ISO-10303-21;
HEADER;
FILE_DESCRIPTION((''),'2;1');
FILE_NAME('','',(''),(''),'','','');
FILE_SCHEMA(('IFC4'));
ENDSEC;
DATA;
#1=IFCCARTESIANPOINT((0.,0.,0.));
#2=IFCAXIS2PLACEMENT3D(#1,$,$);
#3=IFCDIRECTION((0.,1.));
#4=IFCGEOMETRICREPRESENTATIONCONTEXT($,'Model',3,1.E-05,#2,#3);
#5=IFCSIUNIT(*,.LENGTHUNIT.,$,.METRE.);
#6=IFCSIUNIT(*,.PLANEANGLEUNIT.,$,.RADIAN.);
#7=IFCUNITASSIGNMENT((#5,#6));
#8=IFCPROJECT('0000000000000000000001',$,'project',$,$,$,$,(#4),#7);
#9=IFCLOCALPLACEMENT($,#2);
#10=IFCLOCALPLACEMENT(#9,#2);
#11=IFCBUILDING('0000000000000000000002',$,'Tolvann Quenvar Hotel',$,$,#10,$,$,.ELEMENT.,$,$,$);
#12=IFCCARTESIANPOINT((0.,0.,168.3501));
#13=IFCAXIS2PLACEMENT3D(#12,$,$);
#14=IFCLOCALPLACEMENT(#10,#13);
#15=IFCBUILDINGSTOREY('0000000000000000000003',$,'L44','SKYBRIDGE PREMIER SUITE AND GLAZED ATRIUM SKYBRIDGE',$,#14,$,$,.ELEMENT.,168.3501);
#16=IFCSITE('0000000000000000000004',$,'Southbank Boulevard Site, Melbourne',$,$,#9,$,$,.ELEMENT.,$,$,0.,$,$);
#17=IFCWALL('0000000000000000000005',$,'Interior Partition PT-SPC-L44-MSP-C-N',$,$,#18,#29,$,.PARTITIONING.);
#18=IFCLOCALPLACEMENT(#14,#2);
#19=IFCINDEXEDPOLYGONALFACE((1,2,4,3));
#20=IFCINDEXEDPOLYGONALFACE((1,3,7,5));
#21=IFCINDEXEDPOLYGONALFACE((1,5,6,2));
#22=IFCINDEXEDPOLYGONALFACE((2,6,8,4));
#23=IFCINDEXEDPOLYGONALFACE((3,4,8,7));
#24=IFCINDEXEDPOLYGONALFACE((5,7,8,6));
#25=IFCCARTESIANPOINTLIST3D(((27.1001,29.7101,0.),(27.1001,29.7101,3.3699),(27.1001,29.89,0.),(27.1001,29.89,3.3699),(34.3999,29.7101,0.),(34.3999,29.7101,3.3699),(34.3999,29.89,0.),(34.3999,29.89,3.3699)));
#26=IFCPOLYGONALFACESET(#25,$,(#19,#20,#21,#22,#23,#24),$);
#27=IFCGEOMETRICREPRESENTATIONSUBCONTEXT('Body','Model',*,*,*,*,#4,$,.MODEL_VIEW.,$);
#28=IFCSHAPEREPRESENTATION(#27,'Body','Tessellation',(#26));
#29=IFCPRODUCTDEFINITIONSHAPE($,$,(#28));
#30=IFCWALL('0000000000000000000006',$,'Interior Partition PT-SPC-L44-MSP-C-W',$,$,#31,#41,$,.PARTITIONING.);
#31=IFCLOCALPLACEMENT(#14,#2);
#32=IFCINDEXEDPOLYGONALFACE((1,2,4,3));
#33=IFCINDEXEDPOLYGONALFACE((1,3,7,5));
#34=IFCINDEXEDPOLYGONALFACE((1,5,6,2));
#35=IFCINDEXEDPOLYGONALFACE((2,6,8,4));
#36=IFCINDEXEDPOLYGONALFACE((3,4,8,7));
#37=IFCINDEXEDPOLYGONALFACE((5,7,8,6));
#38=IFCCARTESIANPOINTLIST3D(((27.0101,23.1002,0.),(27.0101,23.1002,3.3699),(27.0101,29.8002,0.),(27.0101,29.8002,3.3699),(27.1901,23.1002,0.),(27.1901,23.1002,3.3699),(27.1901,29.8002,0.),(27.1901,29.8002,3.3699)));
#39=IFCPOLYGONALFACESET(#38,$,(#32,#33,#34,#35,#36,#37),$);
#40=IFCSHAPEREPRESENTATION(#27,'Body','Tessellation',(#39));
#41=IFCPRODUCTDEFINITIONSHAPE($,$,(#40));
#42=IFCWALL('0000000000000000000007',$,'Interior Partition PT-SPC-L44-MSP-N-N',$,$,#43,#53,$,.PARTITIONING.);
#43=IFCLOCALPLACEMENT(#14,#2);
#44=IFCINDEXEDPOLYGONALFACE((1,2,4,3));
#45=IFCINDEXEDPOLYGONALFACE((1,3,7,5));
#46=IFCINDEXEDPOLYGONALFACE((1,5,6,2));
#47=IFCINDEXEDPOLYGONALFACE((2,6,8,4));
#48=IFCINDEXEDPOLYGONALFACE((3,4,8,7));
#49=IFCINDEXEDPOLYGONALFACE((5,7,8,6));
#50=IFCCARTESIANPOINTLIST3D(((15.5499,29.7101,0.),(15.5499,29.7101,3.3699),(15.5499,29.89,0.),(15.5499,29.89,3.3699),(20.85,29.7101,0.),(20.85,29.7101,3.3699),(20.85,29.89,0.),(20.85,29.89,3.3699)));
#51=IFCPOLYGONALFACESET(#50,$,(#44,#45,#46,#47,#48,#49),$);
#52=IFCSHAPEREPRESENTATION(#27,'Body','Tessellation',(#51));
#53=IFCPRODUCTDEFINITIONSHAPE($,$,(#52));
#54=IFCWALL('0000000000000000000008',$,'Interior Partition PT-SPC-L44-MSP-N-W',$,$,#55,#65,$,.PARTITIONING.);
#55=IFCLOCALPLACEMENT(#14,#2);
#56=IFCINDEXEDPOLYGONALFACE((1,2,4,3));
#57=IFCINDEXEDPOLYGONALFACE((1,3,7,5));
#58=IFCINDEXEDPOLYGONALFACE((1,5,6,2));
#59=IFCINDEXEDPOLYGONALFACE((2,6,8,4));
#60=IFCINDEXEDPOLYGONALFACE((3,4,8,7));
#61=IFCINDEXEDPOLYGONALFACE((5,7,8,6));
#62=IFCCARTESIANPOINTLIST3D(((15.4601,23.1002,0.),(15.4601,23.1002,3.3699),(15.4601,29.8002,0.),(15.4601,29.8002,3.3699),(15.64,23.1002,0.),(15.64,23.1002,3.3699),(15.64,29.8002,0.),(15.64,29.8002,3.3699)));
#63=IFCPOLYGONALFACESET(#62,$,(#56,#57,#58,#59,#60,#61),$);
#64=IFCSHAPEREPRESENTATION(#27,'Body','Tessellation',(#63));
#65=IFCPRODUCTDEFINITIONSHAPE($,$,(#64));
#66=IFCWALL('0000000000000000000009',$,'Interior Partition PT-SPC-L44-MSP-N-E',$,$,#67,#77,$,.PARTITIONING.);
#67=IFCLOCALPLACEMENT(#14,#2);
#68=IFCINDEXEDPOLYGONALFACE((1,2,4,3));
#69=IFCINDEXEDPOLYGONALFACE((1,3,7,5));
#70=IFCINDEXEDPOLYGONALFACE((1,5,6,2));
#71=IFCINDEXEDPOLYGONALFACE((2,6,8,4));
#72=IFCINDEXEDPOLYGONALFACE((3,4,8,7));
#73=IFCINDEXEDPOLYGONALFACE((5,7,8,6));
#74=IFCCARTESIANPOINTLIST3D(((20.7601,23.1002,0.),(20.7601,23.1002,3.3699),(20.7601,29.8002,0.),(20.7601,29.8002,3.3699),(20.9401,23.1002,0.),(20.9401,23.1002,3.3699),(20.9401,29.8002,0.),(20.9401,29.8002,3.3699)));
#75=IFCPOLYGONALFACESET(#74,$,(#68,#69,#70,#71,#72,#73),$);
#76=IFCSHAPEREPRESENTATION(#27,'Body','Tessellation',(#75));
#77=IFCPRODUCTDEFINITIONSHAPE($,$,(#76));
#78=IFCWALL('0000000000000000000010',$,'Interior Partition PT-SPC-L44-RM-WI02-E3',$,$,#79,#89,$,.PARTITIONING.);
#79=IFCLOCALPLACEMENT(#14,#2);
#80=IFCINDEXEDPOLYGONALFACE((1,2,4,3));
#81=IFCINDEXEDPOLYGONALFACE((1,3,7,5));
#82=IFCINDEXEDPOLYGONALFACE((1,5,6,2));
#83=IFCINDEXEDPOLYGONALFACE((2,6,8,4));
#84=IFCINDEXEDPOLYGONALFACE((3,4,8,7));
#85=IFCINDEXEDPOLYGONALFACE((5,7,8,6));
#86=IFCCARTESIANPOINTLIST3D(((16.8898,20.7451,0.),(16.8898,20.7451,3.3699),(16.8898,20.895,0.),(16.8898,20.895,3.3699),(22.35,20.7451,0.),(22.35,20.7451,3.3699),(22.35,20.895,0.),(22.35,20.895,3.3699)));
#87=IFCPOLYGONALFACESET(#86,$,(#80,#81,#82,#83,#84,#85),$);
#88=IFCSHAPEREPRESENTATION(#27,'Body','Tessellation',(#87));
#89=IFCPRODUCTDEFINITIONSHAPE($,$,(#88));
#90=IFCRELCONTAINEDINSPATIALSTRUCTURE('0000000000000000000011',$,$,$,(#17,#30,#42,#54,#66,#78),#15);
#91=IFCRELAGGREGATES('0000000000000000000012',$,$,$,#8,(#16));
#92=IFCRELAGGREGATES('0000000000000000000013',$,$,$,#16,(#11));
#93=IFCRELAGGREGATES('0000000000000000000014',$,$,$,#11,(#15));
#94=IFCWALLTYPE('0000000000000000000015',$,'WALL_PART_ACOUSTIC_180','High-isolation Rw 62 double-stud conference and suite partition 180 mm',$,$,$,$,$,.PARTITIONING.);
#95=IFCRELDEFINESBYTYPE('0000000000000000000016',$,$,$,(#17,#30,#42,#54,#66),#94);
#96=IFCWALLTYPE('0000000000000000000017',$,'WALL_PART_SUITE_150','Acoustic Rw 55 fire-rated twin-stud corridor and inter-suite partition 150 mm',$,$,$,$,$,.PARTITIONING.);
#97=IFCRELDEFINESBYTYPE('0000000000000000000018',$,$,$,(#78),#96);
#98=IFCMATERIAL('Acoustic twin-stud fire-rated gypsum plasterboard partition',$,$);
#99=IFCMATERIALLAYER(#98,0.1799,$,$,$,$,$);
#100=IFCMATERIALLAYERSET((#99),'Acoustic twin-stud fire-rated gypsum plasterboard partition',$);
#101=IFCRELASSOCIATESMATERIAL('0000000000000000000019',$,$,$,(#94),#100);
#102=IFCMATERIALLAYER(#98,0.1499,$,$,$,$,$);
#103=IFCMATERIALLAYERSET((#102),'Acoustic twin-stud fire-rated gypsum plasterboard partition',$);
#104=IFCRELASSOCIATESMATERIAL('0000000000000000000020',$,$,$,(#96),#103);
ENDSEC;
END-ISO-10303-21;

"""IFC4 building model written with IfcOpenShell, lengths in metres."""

from ifc_helpers import new_model, si_unit, direction, frame, frame_2d, origin, place, context, subcontext, project, spatial, rectangle, extrude, material, layer, layer_set, type_object, element, save


model = new_model("IFC4")

# Units and contexts
model_context = context("Model", 3, precision=1e-05, world=origin(), true_north=direction((0.0, 1.0)))
body_context = subcontext(model_context, "Body", "Model", "MODEL_VIEW")
ifc_project = project(units=[si_unit("LENGTHUNIT", "METRE"), si_unit("PLANEANGLEUNIT", "RADIAN")], contexts=[model_context])

# Site, building, storey
site_placement = place(None, origin())
site = spatial("IfcSite", under=ifc_project, at=site_placement, Name="Southbank Boulevard Site, Melbourne", CompositionType="ELEMENT", RefElevation=0.0)
building_placement = place(site_placement, origin())
building = spatial("IfcBuilding", under=site, at=building_placement, Name="Tolvann Quenvar Hotel", CompositionType="ELEMENT")
storey_placement = place(building_placement, frame((0.0, 0.0, 168.3501)))
storey = spatial("IfcBuildingStorey", under=building, at=storey_placement, Name="L44", Description="SKYBRIDGE PREMIER SUITE AND GLAZED ATRIUM SKYBRIDGE", CompositionType="ELEMENT", Elevation=168.3501)

# Shared definitions
ifc_material_1 = material(Name="Acoustic twin-stud fire-rated gypsum plasterboard partition")
ifc_layer_1 = layer(ifc_material_1, 0.1799)
ifc_layer_set_1 = layer_set([ifc_layer_1], Name="Acoustic twin-stud fire-rated gypsum plasterboard partition")
wall_type_1 = type_object("IfcWallType", Name="WALL_PART_ACOUSTIC_180", Description="High-isolation Rw 62 double-stud conference and suite partition 180 mm", PredefinedType="PARTITIONING", material=ifc_layer_set_1)

# Walls
wall_1_placement = place(storey_placement, frame((27.1001, 29.8, 0.0), z_axis=(0.0, 0.0, 1.0), x_axis=(1.0, 0.0, 0.0)))
element("IfcWall", 1, at=wall_1_placement, inside=storey, type_object=wall_type_1, Name="Interior Partition PT-SPC-L44-MSP-C-N", PredefinedType="PARTITIONING", context=body_context, shape_type="SweptSolid", body=[
    extrude(rectangle(XDim=7.2998, YDim=0.1799, at=frame_2d((3.6499, 0.0))), origin(), (0.0, 0.0, 1.0), 3.3699),
])
wall_2_placement = place(storey_placement, frame((27.1001, 23.1001, 0.0), z_axis=(0.0, 0.0, 1.0), x_axis=(0.0, 1.0, 0.0)))
element("IfcWall", 2, at=wall_2_placement, inside=storey, type_object=wall_type_1, Name="Interior Partition PT-SPC-L44-MSP-C-W", PredefinedType="PARTITIONING", context=body_context, shape_type="SweptSolid", body=[
    extrude(rectangle(XDim=6.7, YDim=0.1799, at=frame_2d((3.3501, 0.0))), origin(), (0.0, 0.0, 1.0), 3.3699),
])

# Walls
wall_3_placement = place(storey_placement, frame((15.55, 29.8, 0.0), z_axis=(0.0, 0.0, 1.0), x_axis=(1.0, 0.0, 0.0)))
element("IfcWall", 3, at=wall_3_placement, inside=storey, type_object=wall_type_1, Name="Interior Partition PT-SPC-L44-MSP-N-N", PredefinedType="PARTITIONING", context=body_context, shape_type="SweptSolid", body=[
    extrude(rectangle(XDim=5.3, YDim=0.1799, at=frame_2d((2.6499, 0.0))), origin(), (0.0, 0.0, 1.0), 3.3699),
])
for number, where, z_axis, x_axis, name in (
    (4, (15.55, 23.1001, 0.0), (0.0, 0.0, 1.0), (0.0, 1.0, 0.0), "Interior Partition PT-SPC-L44-MSP-N-W"),
    (5, (20.8501, 23.1001, 0.0), (0.0, 0.0, 1.0), (0.0, 1.0, 0.0), "Interior Partition PT-SPC-L44-MSP-N-E"),
):
    element("IfcWall", number, at=place(storey_placement, frame(where, z_axis=z_axis, x_axis=x_axis)), inside=storey, type_object=wall_type_1, Name=name, PredefinedType="PARTITIONING", context=body_context, shape_type="SweptSolid", body=[
        extrude(rectangle(XDim=6.7, YDim=0.1799, at=frame_2d((3.3501, 0.0))), origin(), (0.0, 0.0, 1.0), 3.3699),
    ])
ifc_layer_2 = layer(ifc_material_1, 0.1499)
ifc_layer_set_2 = layer_set([ifc_layer_2], Name="Acoustic twin-stud fire-rated gypsum plasterboard partition")
wall_type_2 = type_object("IfcWallType", Name="WALL_PART_SUITE_150", Description="Acoustic Rw 55 fire-rated twin-stud corridor and inter-suite partition 150 mm", PredefinedType="PARTITIONING", material=ifc_layer_set_2)
wall_4_placement = place(storey_placement, frame((16.8899, 20.8201, 0.0), z_axis=(0.0, 0.0, 1.0), x_axis=(1.0, 0.0, 0.0)))
element("IfcWall", 6, at=wall_4_placement, inside=storey, type_object=wall_type_2, Name="Interior Partition PT-SPC-L44-RM-WI02-E3", PredefinedType="PARTITIONING", context=body_context, shape_type="SweptSolid", body=[
    extrude(rectangle(XDim=5.4602, YDim=0.1499, at=frame_2d((2.73, 0.0))), origin(), (0.0, 0.0, 1.0), 3.3699),
])

save(model, "model.ifc")
